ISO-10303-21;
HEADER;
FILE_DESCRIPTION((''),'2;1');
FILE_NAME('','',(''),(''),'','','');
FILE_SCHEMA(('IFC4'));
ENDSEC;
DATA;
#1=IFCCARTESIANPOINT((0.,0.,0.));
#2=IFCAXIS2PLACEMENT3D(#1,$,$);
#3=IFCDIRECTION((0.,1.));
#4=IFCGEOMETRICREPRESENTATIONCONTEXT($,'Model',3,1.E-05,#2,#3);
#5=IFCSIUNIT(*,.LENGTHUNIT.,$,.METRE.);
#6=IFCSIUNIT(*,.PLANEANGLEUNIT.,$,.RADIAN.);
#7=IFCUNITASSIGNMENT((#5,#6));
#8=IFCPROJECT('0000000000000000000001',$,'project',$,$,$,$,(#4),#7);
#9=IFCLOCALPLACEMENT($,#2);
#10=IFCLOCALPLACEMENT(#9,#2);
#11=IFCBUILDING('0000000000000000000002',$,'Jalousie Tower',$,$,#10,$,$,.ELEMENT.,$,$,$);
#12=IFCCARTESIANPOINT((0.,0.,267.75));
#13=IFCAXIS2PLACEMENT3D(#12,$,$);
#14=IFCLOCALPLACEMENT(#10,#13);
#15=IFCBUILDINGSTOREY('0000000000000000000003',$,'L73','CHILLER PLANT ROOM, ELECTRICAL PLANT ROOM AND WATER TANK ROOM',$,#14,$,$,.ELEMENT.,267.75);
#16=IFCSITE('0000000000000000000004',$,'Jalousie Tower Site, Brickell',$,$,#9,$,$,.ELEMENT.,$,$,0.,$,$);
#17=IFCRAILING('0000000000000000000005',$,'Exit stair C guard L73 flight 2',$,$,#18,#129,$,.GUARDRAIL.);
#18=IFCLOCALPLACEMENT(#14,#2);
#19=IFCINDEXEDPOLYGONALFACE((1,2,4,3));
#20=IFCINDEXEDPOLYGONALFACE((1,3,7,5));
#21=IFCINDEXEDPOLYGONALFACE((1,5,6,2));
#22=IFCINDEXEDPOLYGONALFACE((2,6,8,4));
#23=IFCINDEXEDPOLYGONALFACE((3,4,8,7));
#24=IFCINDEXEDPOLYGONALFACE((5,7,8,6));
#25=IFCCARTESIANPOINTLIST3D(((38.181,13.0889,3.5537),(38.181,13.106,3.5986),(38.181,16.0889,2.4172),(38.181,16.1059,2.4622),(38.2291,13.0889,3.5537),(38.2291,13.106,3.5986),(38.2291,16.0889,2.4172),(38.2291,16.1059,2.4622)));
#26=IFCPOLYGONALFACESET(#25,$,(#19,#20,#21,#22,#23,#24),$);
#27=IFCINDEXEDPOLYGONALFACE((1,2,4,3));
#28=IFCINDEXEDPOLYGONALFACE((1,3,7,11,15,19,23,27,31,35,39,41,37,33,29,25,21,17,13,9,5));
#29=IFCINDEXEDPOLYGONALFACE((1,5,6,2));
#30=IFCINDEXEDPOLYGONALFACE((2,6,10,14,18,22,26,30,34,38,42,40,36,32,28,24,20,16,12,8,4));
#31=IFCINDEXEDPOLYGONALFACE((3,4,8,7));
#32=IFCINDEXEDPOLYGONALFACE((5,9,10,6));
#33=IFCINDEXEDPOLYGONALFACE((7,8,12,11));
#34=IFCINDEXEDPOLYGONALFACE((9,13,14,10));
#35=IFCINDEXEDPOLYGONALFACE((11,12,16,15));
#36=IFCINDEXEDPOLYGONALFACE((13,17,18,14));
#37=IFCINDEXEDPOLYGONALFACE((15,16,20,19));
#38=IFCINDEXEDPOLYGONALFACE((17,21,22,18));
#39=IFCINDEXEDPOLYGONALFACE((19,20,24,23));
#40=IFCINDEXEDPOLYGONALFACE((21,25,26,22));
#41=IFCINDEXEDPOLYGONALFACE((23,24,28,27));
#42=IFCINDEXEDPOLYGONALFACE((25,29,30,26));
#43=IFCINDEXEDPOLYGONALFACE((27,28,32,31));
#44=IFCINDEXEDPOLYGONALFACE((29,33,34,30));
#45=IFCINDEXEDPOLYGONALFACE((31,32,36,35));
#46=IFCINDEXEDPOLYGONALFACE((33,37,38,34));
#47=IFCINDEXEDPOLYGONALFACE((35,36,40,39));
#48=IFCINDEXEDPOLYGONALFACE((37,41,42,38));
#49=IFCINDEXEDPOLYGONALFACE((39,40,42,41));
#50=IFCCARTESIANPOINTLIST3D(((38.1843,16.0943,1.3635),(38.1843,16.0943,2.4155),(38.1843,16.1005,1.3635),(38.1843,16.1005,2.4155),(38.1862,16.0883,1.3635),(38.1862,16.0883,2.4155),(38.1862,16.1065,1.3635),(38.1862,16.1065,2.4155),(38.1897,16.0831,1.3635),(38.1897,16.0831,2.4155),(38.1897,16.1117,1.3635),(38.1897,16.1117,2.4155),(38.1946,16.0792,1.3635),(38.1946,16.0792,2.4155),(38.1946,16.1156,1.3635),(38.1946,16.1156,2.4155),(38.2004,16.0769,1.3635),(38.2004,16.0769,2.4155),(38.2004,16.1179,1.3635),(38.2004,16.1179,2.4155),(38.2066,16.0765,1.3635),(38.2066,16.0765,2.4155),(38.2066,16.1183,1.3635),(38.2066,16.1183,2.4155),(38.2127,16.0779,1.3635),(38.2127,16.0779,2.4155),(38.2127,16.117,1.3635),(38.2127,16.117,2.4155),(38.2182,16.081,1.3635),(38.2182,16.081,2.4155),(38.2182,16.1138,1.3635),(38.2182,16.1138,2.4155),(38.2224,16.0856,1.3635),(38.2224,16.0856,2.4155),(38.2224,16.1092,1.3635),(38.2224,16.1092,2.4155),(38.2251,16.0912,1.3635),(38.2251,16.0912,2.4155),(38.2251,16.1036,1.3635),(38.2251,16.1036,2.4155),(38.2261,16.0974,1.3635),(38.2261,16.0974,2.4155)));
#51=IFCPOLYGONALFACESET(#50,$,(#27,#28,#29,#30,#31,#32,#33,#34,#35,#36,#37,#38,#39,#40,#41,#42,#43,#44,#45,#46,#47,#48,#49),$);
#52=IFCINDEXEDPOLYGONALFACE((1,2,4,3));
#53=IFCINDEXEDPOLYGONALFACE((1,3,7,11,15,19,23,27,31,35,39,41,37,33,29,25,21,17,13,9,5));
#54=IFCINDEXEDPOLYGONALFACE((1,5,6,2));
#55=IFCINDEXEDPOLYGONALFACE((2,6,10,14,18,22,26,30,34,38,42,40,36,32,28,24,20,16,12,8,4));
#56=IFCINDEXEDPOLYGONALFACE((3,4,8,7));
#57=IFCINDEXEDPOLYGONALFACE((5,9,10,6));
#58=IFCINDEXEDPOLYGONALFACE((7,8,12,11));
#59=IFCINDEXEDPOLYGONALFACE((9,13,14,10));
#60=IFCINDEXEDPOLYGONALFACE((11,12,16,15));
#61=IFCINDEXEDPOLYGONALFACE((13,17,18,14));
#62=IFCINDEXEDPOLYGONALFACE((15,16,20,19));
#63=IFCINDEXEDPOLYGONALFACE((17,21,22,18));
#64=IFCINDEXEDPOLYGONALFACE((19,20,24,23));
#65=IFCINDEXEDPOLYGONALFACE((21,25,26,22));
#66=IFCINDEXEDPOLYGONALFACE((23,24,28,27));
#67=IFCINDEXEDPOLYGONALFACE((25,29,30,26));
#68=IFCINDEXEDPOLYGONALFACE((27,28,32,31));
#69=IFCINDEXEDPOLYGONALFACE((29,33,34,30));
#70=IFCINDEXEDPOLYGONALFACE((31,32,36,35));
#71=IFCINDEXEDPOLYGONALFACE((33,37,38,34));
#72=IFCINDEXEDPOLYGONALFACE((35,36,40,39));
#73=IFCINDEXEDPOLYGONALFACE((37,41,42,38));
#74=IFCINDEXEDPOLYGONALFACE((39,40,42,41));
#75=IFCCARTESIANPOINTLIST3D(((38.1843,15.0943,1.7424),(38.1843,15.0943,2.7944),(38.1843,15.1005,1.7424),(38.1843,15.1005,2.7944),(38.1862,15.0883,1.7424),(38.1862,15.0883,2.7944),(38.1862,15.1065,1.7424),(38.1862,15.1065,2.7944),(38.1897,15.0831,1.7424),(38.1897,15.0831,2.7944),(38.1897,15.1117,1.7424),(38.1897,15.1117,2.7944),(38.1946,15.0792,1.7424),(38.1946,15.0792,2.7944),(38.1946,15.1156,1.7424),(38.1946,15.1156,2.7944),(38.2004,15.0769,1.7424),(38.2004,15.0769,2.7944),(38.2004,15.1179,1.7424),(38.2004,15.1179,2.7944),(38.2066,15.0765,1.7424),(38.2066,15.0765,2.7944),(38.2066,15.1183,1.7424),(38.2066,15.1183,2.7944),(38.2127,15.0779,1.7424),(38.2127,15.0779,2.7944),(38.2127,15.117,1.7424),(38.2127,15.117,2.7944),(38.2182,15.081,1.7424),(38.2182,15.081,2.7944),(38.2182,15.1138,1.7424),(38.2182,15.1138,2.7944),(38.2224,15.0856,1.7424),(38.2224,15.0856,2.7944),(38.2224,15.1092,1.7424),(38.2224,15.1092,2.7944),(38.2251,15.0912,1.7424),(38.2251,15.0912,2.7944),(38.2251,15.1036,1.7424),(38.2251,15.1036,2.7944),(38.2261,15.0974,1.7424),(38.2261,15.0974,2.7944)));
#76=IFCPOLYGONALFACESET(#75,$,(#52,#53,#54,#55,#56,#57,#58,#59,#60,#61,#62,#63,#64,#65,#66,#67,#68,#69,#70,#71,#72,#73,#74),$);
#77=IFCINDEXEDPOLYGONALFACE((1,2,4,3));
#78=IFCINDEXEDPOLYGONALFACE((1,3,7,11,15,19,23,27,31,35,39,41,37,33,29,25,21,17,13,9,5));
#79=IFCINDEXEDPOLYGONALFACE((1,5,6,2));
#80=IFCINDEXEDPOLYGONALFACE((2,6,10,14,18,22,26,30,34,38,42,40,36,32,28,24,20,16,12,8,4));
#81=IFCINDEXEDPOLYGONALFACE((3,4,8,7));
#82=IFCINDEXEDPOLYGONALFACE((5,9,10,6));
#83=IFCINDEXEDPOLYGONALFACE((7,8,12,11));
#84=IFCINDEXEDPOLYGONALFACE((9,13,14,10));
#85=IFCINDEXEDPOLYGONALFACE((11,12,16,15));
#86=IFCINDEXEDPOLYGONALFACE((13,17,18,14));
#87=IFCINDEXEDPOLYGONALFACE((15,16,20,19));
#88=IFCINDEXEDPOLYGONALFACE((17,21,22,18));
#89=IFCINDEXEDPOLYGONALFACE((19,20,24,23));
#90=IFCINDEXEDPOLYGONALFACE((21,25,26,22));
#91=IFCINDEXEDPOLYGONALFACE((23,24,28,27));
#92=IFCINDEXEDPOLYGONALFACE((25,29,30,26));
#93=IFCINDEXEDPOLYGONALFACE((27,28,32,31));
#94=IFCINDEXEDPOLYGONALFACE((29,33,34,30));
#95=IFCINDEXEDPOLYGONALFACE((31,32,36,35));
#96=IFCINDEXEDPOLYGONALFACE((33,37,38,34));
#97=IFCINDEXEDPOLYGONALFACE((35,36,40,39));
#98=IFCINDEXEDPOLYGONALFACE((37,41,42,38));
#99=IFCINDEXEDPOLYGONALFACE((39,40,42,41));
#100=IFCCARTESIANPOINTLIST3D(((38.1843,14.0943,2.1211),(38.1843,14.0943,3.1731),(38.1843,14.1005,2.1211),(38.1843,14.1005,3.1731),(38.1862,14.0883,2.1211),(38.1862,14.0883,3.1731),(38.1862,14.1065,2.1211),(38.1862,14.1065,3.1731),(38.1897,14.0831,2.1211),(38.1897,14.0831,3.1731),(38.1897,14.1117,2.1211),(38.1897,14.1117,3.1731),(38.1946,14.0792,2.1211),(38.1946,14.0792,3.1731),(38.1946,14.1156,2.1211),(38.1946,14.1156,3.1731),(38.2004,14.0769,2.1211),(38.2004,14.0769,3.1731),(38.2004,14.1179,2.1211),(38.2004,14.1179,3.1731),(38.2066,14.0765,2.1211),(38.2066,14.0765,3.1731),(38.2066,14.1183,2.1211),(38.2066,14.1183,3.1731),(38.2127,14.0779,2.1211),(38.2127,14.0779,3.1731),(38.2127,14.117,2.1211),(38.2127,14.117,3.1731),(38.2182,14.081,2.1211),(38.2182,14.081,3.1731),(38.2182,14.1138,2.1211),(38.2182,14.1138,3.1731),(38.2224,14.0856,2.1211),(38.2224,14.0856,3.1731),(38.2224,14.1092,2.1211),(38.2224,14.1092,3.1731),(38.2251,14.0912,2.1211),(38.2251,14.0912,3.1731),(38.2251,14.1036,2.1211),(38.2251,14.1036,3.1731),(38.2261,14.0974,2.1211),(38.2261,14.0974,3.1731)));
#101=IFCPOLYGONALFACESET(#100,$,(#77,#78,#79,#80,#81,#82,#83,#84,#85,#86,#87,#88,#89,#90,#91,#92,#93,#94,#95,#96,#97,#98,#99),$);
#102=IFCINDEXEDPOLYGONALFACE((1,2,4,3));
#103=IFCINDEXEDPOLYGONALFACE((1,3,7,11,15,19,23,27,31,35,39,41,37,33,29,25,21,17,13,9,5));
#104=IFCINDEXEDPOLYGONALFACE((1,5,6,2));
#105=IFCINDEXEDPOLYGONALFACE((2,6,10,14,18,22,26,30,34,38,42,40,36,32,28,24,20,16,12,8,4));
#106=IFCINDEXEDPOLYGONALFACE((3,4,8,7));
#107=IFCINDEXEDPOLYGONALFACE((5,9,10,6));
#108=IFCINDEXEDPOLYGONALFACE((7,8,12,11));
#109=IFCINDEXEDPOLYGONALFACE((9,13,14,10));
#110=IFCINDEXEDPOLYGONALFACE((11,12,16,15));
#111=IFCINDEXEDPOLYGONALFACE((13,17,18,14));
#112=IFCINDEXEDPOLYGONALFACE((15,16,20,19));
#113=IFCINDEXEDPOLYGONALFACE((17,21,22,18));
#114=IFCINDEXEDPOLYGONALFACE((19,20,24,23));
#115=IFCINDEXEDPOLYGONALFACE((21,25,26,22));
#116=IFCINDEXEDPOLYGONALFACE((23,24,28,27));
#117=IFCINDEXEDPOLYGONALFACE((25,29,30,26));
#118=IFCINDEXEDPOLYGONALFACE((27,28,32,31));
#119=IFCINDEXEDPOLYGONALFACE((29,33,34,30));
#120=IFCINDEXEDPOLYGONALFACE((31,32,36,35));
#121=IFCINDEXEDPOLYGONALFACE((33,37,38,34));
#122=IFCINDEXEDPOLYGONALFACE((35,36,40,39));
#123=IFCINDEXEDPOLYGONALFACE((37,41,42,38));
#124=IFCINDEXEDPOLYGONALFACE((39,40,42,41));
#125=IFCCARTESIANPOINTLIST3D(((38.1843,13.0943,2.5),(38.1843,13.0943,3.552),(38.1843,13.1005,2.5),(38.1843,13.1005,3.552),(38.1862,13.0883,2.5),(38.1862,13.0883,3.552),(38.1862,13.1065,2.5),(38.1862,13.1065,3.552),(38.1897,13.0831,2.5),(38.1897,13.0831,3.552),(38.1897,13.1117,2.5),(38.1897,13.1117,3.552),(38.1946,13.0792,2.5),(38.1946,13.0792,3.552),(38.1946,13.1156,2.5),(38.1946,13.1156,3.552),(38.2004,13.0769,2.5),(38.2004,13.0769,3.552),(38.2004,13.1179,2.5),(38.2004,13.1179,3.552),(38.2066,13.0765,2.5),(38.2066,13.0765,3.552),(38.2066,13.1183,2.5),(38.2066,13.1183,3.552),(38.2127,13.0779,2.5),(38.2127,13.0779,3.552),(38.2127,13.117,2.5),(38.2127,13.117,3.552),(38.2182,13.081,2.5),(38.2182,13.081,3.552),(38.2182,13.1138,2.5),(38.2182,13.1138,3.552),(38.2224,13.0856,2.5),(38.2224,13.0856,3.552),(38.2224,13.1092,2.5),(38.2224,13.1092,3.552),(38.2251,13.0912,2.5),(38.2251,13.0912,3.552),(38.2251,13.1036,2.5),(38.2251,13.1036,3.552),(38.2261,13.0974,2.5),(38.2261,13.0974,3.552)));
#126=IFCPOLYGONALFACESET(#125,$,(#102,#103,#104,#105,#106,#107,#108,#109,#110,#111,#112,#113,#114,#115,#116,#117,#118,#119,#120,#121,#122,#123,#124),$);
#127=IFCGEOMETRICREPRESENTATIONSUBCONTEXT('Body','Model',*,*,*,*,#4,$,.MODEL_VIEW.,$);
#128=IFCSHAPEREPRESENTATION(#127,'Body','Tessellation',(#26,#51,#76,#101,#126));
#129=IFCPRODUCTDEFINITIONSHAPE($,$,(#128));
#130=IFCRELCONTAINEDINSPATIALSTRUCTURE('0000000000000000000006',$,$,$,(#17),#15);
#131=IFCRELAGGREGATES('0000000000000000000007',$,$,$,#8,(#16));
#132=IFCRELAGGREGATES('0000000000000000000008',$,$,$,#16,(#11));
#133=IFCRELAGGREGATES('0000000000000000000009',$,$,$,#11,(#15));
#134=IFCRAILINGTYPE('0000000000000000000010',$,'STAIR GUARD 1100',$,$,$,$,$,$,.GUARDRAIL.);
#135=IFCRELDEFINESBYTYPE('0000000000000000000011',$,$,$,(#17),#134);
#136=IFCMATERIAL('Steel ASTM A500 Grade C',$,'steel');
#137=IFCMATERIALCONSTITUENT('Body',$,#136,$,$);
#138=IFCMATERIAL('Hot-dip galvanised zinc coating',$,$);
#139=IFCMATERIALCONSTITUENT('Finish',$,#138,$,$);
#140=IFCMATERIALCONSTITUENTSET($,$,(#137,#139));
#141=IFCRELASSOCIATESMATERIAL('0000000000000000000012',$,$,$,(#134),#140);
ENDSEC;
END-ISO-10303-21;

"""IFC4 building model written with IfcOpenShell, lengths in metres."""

from ifc_helpers import new_model, si_unit, direction, frame, origin, origin_2d, place, context, subcontext, project, spatial, rectangle, circle, extrude, material, constituent, constituent_set, type_object, element, save


model = new_model("IFC4")

# Units and contexts
model_context = context("Model", 3, precision=1e-05, world=origin(), true_north=direction((0.0, 1.0)))
body_context = subcontext(model_context, "Body", "Model", "MODEL_VIEW")
ifc_project = project(units=[si_unit("LENGTHUNIT", "METRE"), si_unit("PLANEANGLEUNIT", "RADIAN")], contexts=[model_context])

# Site, building, storey
site_placement = place(None, origin())
site = spatial("IfcSite", under=ifc_project, at=site_placement, Name="Jalousie Tower Site, Brickell", CompositionType="ELEMENT", RefElevation=0.0)
building_placement = place(site_placement, origin())
building = spatial("IfcBuilding", under=site, at=building_placement, Name="Jalousie Tower", CompositionType="ELEMENT")
storey_placement = place(building_placement, frame((0.0, 0.0, 267.75)))
storey = spatial("IfcBuildingStorey", under=building, at=storey_placement, Name="L73", Description="CHILLER PLANT ROOM, ELECTRICAL PLANT ROOM AND WATER TANK ROOM", CompositionType="ELEMENT", Elevation=267.75)

# Railing
ifc_material_1 = material(Name="Steel ASTM A500 Grade C", Category="steel")
ifc_constituent_1 = constituent(ifc_material_1, Name="Body")
ifc_material_2 = material(Name="Hot-dip galvanised zinc coating")
ifc_constituent_2 = constituent(ifc_material_2, Name="Finish")
ifc_constituent_set_1 = constituent_set(constituents=[ifc_constituent_1, ifc_constituent_2])
railing_type_1 = type_object("IfcRailingType", Name="STAIR GUARD 1100", PredefinedType="GUARDRAIL", material=ifc_constituent_set_1)
railing_1_placement = place(storey_placement, frame((38.2051, 16.0974, 1.3635)))
element("IfcRailing", 1, at=railing_1_placement, inside=storey, type_object=railing_type_1, Name="Exit stair C guard L73 flight 2", PredefinedType="GUARDRAIL", context=body_context, shape_type="SweptSolid", body=[
    extrude(rectangle(XDim=0.0481, YDim=0.0481, at=origin_2d()), frame((0.0, 0.0, 1.0762), z_axis=(0.0, -0.935148, 0.354257), x_axis=(1.0, 0.0, 0.0)), (0.0, 0.0, 1.0), 3.208),
    extrude(circle(Radius=0.021, at=origin_2d()), origin(), (0.0, 0.0, 1.0), 1.052),
    extrude(circle(Radius=0.021, at=origin_2d()), frame((0.0, -1.0, 0.3789)), (0.0, 0.0, 1.0), 1.052),
    extrude(circle(Radius=0.021, at=origin_2d()), frame((0.0, -2.0, 0.7576)), (0.0, 0.0, 1.0), 1.052),
    extrude(circle(Radius=0.021, at=origin_2d()), frame((0.0, -3.0, 1.1365)), (0.0, 0.0, 1.0), 1.052),
])

save(model, "model.ifc")
